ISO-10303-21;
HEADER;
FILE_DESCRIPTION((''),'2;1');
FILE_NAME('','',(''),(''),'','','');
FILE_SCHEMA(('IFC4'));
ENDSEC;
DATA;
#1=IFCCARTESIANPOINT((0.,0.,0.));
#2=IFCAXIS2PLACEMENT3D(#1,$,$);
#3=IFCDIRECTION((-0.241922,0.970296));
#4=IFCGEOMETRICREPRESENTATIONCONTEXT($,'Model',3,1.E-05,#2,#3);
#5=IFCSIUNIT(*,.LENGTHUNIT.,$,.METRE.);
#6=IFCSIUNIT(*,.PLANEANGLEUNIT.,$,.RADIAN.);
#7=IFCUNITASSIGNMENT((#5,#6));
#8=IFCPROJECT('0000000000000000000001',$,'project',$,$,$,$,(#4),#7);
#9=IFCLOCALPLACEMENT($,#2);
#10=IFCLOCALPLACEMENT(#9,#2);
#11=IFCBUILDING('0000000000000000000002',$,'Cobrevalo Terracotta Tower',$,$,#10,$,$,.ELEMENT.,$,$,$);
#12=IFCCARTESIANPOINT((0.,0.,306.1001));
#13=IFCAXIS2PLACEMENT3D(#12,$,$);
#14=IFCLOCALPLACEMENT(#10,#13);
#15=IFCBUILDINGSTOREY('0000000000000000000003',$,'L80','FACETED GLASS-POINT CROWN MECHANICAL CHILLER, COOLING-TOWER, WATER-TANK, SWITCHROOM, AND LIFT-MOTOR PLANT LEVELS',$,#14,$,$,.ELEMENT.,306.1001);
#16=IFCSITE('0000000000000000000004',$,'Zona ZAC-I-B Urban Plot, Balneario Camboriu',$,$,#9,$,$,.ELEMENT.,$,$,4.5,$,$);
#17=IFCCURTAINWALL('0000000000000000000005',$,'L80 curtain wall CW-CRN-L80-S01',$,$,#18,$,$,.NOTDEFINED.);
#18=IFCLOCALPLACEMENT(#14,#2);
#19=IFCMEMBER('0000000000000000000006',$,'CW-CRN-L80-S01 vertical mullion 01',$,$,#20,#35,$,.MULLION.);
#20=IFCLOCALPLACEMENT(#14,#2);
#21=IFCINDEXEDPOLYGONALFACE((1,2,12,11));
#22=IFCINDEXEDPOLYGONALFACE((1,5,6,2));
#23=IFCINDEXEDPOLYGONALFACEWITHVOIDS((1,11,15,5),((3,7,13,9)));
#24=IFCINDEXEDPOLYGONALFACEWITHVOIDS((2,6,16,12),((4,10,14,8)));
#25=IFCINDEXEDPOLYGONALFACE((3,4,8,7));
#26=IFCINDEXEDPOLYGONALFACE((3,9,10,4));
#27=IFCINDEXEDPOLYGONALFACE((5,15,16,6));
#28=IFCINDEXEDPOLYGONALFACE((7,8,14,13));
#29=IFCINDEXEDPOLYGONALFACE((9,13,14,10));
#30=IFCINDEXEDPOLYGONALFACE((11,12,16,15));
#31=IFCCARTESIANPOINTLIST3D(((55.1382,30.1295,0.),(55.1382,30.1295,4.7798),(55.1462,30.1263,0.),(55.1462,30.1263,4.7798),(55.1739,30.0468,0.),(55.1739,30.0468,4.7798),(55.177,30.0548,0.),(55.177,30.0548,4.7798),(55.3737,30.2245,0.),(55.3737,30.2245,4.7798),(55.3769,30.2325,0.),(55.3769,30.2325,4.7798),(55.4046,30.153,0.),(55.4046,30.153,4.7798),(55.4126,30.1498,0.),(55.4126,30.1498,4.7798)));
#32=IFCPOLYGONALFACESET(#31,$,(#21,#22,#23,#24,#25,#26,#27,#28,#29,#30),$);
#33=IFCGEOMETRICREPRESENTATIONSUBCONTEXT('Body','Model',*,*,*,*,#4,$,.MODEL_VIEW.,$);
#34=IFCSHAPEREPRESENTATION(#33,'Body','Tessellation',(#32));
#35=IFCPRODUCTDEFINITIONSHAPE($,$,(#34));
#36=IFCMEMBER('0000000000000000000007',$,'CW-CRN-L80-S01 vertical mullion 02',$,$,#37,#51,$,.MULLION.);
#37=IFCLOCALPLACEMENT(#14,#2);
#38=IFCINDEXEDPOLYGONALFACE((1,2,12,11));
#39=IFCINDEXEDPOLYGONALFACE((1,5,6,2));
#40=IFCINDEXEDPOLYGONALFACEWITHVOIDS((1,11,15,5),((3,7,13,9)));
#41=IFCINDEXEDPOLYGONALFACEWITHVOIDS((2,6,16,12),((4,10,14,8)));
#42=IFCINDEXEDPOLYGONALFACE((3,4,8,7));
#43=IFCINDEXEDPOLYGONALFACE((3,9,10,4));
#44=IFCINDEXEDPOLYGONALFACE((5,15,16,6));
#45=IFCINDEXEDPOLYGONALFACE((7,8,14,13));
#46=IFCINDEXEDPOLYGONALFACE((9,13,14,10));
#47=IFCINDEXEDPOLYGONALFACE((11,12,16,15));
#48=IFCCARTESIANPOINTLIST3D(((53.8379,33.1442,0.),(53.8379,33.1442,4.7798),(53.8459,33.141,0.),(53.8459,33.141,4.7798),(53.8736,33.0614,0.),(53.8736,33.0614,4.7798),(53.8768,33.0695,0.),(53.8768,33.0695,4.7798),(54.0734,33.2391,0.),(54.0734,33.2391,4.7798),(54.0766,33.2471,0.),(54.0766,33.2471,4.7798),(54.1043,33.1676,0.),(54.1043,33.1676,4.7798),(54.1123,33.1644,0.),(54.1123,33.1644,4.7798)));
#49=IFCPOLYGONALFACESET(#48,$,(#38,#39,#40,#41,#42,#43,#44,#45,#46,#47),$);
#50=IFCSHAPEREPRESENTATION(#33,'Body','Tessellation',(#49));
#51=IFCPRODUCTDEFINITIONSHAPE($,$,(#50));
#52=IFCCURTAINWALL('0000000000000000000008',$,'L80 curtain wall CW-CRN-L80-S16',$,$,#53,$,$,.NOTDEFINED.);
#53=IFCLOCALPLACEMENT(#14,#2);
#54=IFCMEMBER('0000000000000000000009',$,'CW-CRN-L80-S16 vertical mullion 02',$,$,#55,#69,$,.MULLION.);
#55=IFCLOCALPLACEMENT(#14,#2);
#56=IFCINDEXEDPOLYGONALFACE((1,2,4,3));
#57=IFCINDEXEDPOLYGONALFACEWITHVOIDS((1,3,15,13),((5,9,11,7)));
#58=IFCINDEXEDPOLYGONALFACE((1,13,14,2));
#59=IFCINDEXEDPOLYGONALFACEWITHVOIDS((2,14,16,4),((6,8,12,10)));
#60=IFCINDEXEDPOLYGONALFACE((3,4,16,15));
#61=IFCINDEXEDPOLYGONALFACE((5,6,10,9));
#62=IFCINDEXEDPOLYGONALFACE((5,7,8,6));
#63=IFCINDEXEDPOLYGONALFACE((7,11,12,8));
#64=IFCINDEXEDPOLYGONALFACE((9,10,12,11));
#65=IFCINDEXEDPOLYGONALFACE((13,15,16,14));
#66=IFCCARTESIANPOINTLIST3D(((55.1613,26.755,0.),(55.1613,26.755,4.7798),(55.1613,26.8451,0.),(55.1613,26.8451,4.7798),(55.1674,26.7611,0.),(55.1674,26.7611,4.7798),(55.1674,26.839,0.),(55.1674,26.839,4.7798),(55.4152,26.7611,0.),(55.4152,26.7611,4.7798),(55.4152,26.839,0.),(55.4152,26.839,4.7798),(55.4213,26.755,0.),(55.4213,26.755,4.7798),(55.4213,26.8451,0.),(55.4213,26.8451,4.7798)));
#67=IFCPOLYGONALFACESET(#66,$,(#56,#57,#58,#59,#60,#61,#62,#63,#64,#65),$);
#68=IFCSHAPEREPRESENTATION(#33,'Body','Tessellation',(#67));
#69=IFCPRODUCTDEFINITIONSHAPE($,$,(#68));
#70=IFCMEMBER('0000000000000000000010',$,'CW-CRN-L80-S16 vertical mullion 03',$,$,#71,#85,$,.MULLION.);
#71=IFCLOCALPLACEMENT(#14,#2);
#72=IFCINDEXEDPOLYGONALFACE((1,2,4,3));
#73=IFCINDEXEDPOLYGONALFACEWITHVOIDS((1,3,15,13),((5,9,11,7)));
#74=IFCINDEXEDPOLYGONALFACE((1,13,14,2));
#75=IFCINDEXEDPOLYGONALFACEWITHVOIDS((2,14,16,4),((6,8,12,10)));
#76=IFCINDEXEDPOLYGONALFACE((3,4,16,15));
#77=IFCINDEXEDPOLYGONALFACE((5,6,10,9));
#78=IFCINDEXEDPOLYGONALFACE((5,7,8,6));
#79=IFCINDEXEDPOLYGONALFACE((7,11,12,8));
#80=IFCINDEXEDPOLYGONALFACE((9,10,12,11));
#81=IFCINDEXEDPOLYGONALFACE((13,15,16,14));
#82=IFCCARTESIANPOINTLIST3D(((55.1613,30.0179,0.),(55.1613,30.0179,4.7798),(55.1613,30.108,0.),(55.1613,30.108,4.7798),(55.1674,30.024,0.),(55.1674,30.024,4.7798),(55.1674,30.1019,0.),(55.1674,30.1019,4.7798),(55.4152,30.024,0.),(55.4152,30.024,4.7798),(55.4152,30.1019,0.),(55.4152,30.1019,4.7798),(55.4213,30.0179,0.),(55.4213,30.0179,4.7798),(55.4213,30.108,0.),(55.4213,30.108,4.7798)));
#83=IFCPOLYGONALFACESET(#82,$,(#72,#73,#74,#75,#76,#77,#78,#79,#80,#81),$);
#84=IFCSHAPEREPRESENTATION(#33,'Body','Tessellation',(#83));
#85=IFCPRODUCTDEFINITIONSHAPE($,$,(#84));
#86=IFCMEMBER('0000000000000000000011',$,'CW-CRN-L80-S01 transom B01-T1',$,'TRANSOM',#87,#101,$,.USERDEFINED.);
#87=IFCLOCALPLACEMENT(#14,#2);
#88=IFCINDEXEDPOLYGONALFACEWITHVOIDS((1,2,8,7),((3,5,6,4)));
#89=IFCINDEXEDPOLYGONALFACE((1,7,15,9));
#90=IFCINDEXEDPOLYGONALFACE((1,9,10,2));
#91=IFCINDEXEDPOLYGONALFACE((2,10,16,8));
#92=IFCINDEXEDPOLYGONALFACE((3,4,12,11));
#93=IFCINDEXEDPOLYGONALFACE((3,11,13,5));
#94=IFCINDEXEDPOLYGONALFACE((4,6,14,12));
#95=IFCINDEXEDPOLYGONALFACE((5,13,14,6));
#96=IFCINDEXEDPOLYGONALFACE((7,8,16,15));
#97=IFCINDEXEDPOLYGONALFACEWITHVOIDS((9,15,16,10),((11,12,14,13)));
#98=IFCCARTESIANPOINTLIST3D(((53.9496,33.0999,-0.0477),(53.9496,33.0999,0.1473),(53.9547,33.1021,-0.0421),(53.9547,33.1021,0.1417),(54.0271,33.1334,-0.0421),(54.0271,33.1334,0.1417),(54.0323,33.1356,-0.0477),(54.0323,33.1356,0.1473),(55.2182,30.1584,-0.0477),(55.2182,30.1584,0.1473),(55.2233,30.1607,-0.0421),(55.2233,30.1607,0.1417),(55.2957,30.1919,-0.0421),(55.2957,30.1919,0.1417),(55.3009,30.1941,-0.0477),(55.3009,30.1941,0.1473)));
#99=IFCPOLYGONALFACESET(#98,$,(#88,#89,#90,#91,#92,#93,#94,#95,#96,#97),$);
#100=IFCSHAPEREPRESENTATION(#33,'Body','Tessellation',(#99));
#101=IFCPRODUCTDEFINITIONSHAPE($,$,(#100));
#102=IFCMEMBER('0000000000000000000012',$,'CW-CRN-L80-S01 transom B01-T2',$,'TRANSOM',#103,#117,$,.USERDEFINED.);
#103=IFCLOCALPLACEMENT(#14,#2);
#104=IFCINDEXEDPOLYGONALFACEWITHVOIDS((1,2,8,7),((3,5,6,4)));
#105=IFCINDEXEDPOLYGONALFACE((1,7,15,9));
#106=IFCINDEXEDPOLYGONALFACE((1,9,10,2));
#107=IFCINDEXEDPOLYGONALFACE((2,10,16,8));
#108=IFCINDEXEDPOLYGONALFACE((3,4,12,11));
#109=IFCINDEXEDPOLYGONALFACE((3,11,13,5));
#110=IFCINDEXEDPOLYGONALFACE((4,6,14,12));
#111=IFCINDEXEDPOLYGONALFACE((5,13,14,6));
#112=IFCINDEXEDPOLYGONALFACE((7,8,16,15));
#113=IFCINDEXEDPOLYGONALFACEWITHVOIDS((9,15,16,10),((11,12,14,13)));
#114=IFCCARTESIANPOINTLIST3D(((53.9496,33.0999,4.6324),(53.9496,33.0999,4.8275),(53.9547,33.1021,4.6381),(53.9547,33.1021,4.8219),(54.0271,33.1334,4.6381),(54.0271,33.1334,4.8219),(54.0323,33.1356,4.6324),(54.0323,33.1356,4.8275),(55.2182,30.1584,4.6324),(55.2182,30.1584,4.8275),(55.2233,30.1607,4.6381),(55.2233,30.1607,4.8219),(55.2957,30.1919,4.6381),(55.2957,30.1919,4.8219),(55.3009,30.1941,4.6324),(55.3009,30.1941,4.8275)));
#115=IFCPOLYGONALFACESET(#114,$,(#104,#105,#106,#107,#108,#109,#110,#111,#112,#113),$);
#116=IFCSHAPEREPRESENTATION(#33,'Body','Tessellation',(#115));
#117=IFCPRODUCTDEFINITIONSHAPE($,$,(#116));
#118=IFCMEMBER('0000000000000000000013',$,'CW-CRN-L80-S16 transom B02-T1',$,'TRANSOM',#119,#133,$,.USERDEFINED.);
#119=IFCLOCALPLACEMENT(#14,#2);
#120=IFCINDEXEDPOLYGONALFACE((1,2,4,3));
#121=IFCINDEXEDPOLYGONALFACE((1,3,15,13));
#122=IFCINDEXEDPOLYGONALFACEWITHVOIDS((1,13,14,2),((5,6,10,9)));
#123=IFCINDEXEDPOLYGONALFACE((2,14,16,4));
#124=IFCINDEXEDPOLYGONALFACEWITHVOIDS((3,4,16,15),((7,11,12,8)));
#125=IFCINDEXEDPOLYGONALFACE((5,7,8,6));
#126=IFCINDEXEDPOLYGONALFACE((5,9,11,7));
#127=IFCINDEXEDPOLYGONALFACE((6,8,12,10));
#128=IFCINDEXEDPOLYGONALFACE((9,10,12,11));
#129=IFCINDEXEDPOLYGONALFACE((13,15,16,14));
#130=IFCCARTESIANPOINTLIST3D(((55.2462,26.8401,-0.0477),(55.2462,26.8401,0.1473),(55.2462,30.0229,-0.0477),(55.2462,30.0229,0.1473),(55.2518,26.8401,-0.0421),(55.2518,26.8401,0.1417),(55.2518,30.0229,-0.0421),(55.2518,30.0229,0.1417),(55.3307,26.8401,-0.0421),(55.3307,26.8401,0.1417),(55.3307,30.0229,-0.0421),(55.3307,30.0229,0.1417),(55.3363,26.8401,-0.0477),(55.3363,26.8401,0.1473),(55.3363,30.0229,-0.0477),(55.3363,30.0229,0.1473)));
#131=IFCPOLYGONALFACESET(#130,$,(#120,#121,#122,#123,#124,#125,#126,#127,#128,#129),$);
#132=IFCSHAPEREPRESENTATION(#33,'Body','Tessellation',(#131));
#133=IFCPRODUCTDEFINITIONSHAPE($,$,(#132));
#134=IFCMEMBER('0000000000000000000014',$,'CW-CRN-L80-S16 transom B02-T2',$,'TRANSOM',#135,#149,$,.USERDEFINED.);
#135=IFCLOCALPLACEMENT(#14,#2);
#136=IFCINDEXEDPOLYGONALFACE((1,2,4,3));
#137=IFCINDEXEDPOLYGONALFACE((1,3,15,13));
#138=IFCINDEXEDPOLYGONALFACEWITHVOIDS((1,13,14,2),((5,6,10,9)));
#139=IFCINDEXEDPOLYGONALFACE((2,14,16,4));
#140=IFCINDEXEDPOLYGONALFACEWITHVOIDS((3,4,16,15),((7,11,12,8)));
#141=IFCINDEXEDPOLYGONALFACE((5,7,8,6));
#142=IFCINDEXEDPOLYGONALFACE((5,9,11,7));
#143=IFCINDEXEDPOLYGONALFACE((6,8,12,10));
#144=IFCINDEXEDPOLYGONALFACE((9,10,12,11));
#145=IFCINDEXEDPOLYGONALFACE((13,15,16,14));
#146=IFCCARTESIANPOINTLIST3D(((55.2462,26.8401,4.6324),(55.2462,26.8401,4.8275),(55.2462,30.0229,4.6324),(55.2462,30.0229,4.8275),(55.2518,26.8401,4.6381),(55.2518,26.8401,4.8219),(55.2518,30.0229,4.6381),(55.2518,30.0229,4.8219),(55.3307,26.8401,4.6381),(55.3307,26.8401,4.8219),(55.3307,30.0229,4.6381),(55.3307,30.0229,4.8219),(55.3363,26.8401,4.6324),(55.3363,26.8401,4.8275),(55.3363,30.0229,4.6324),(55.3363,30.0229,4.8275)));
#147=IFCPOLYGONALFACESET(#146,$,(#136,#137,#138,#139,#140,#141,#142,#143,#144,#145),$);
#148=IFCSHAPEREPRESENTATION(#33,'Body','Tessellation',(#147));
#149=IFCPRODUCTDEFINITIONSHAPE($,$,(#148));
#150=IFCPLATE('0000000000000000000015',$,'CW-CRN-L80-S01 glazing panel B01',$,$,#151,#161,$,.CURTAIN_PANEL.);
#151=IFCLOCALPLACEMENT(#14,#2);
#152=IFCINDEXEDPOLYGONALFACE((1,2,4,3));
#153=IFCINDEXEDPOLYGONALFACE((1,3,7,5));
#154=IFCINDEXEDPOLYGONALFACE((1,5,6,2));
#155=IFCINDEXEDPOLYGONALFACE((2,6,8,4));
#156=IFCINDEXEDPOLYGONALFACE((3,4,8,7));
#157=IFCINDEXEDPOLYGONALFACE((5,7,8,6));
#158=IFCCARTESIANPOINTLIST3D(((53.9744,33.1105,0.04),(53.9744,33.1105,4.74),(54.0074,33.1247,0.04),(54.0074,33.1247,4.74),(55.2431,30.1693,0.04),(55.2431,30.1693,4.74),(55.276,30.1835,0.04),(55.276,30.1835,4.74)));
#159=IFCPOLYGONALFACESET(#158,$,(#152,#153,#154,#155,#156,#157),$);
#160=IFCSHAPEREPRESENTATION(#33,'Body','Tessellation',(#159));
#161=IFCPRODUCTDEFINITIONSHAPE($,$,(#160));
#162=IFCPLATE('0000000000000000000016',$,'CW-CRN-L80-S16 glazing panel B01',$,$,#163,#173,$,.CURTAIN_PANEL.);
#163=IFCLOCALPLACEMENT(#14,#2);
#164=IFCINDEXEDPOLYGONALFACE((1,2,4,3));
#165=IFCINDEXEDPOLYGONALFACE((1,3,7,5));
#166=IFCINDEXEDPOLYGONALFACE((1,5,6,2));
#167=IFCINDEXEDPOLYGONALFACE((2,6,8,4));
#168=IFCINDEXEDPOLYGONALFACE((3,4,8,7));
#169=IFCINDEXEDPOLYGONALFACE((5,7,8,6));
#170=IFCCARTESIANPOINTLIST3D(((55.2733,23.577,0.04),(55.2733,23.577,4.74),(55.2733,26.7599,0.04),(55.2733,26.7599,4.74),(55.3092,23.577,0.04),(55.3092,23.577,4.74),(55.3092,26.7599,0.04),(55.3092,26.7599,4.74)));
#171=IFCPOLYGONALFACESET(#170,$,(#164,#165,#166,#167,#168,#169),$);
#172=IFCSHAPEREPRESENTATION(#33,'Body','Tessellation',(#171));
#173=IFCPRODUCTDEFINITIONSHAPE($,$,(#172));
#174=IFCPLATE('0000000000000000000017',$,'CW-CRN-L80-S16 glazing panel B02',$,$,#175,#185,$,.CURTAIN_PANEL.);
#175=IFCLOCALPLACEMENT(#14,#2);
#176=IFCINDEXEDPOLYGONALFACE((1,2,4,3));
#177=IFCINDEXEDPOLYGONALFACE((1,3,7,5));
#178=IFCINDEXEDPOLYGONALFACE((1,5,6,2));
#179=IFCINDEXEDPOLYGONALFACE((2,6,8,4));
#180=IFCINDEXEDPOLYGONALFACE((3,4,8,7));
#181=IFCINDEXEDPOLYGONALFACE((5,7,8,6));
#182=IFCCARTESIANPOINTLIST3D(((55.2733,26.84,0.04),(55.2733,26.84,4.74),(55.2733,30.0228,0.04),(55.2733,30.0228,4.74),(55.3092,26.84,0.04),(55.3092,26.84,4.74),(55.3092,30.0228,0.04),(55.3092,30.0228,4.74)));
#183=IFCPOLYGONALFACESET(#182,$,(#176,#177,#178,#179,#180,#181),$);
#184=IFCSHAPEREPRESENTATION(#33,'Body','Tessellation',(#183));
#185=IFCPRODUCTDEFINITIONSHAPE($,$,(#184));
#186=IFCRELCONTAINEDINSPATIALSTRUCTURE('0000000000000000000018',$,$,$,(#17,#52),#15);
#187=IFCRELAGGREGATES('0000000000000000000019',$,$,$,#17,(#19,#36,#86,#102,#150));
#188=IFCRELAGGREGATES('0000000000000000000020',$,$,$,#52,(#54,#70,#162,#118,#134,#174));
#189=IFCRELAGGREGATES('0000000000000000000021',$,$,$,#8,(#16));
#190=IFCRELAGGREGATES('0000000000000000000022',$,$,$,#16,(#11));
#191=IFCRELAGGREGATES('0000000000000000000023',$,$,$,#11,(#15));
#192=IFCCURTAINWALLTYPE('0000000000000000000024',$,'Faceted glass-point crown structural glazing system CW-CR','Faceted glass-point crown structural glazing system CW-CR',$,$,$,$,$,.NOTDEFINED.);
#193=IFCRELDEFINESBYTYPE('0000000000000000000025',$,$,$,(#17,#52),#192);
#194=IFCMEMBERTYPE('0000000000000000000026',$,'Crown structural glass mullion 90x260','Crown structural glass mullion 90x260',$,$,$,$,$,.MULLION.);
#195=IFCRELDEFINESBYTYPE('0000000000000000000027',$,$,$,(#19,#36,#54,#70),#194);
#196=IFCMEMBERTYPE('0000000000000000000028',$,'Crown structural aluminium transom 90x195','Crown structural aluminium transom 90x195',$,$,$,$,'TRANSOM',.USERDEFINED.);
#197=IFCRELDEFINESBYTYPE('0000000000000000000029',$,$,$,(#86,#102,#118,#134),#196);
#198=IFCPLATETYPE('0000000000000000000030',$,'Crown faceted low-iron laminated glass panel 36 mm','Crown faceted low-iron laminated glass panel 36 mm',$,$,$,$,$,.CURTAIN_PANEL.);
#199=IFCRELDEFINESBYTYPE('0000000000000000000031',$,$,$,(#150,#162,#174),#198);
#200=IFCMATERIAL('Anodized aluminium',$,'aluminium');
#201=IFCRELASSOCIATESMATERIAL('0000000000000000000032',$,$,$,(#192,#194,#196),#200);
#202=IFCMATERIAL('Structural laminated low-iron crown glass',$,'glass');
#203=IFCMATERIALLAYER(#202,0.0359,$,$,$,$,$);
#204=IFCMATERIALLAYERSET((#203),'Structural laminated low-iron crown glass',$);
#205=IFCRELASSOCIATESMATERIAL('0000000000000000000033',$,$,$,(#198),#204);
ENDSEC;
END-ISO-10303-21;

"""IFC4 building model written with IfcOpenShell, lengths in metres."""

from ifc_helpers import new_model, si_unit, direction, frame, origin, origin_2d, place, context, subcontext, project, spatial, rectangle, hollow_rectangle, extrude, source, transform, mapped, material, layer, layer_set, material_profile, profile_set, type_object, element, aggregate, save


model = new_model("IFC4")

# Units and contexts
model_context = context("Model", 3, precision=1e-05, world=origin(), true_north=direction((-0.241922, 0.970296)))
body_context = subcontext(model_context, "Body", "Model", "MODEL_VIEW")
ifc_project = project(units=[si_unit("LENGTHUNIT", "METRE"), si_unit("PLANEANGLEUNIT", "RADIAN")], contexts=[model_context])

# Site, building, storey
site_placement = place(None, origin())
site = spatial("IfcSite", under=ifc_project, at=site_placement, Name="Zona ZAC-I-B Urban Plot, Balneario Camboriu", CompositionType="ELEMENT", RefElevation=4.5)
building_placement = place(site_placement, origin())
building = spatial("IfcBuilding", under=site, at=building_placement, Name="Cobrevalo Terracotta Tower", CompositionType="ELEMENT")
storey_placement = place(building_placement, frame((0.0, 0.0, 306.1001)))
storey = spatial("IfcBuildingStorey", under=building, at=storey_placement, Name="L80", Description="FACETED GLASS-POINT CROWN MECHANICAL CHILLER, COOLING-TOWER, WATER-TANK, SWITCHROOM, AND LIFT-MOTOR PLANT LEVELS", CompositionType="ELEMENT", Elevation=306.1001)

# Curtain walls, members
ifc_material_1 = material(Name="Anodized aluminium", Category="aluminium")
curtain_wall_type = type_object("IfcCurtainWallType", Name="Faceted glass-point crown structural glazing system CW-CR", Description="Faceted glass-point crown structural glazing system CW-CR", PredefinedType="NOTDEFINED", material=ifc_material_1)
curtain_wall_1_placement = place(storey_placement, origin())
curtain_wall_1 = element("IfcCurtainWall", 1, at=curtain_wall_1_placement, inside=storey, type_object=curtain_wall_type, Name="L80 curtain wall CW-CRN-L80-S01", PredefinedType="NOTDEFINED")
ifc_material_profile_1 = material_profile(ifc_material_1, hollow_rectangle(XDim=0.0901, YDim=0.26, WallThickness=0.0061, at=origin_2d()), Name="CWM 90x260")
ifc_profile_set_1 = profile_set([ifc_material_profile_1], Name="Anodized aluminium")
member_type_1 = type_object("IfcMemberType", Name="Crown structural glass mullion 90x260", Description="Crown structural glass mullion 90x260", PredefinedType="MULLION", material=ifc_profile_set_1)
shared_shape_1 = source(origin(), body_context, "Body", "SweptSolid", [
    extrude(hollow_rectangle(XDim=0.0901, YDim=0.26, WallThickness=0.0061, at=origin_2d()), origin(), (0.0, 0.0, 1.0), 4.7798),
])
member_1_placement = place(storey_placement, frame((55.2754, 30.1396, 0.0), z_axis=(0.0, 0.0, 1.0), x_axis=(-0.396058, 0.918225, 0.0)))
member_1 = element("IfcMember", 2, at=member_1_placement, type_object=member_type_1, Name="CW-CRN-L80-S01 vertical mullion 01", PredefinedType="MULLION", context=body_context, shape_type="MappedRepresentation", body=[
    mapped(shared_shape_1, transform((0.0, 0.0, 0.0), scale=1.0)),
])
member_2_placement = place(storey_placement, frame((53.9751, 33.1543, 0.0), z_axis=(0.0, 0.0, 1.0), x_axis=(-0.396058, 0.918225, 0.0)))
member_2 = element("IfcMember", 3, at=member_2_placement, type_object=member_type_1, Name="CW-CRN-L80-S01 vertical mullion 02", PredefinedType="MULLION", context=body_context, shape_type="MappedRepresentation", body=[
    mapped(shared_shape_1, transform((0.0, 0.0, 0.0), scale=1.0)),
])
curtain_wall_2_placement = place(storey_placement, origin())
curtain_wall_2 = element("IfcCurtainWall", 4, at=curtain_wall_2_placement, inside=storey, type_object=curtain_wall_type, Name="L80 curtain wall CW-CRN-L80-S16", PredefinedType="NOTDEFINED")
member_3_placement = place(storey_placement, frame((55.2913, 26.8, 0.0), z_axis=(0.0, 0.0, 1.0), x_axis=(0.0, 1.0, 0.0)))
member_3 = element("IfcMember", 5, at=member_3_placement, type_object=member_type_1, Name="CW-CRN-L80-S16 vertical mullion 02", PredefinedType="MULLION", context=body_context, shape_type="MappedRepresentation", body=[
    mapped(shared_shape_1, transform((0.0, 0.0, 0.0), scale=1.0)),
])
member_4_placement = place(storey_placement, frame((55.2913, 30.063, 0.0), z_axis=(0.0, 0.0, 1.0), x_axis=(0.0, 1.0, 0.0)))
member_4 = element("IfcMember", 6, at=member_4_placement, type_object=member_type_1, Name="CW-CRN-L80-S16 vertical mullion 03", PredefinedType="MULLION", context=body_context, shape_type="MappedRepresentation", body=[
    mapped(shared_shape_1, transform((0.0, 0.0, 0.0), scale=1.0)),
])

# Members
ifc_material_profile_2 = material_profile(ifc_material_1, hollow_rectangle(XDim=0.0901, YDim=0.1951, WallThickness=0.0056, at=origin_2d()), Name="CWT 90x195")
ifc_profile_set_2 = profile_set([ifc_material_profile_2], Name="Anodized aluminium")
member_type_2 = type_object("IfcMemberType", Name="Crown structural aluminium transom 90x195", Description="Crown structural aluminium transom 90x195", ElementType="TRANSOM", PredefinedType="USERDEFINED", material=ifc_profile_set_2)
shared_shape_2 = source(origin(), body_context, "Body", "SweptSolid", [
    extrude(hollow_rectangle(XDim=0.0901, YDim=0.1951, WallThickness=0.0056, at=origin_2d()), origin(), (0.0, 0.0, 1.0), 3.2034),
])
member_5_placement = place(storey_placement, frame((55.2595, 30.1763, 0.0498), z_axis=(-0.396016, 0.918244, 0.0), x_axis=(-0.918244, -0.396016, 0.0)))
member_5 = element("IfcMember", 7, at=member_5_placement, type_object=member_type_2, Name="CW-CRN-L80-S01 transom B01-T1", ObjectType="TRANSOM", PredefinedType="USERDEFINED", context=body_context, shape_type="MappedRepresentation", body=[
    mapped(shared_shape_2, transform((0.0, 0.0, 0.0), scale=1.0)),
])
member_6_placement = place(storey_placement, frame((55.2595, 30.1763, 4.73), z_axis=(-0.396016, 0.918244, 0.0), x_axis=(-0.918244, -0.396016, 0.0)))
member_6 = element("IfcMember", 8, at=member_6_placement, type_object=member_type_2, Name="CW-CRN-L80-S01 transom B01-T2", ObjectType="TRANSOM", PredefinedType="USERDEFINED", context=body_context, shape_type="MappedRepresentation", body=[
    mapped(shared_shape_2, transform((0.0, 0.0, 0.0), scale=1.0)),
])
shared_shape_3 = source(origin(), body_context, "Body", "SweptSolid", [
    extrude(hollow_rectangle(XDim=0.0901, YDim=0.1951, WallThickness=0.0056, at=origin_2d()), origin(), (0.0, 0.0, 1.0), 3.1829),
])
member_7_placement = place(storey_placement, frame((55.2913, 26.8401, 0.0498), z_axis=(0.0, 1.0, 0.0), x_axis=(-1.0, 0.0, 0.0)))
member_7 = element("IfcMember", 9, at=member_7_placement, type_object=member_type_2, Name="CW-CRN-L80-S16 transom B02-T1", ObjectType="TRANSOM", PredefinedType="USERDEFINED", context=body_context, shape_type="MappedRepresentation", body=[
    mapped(shared_shape_3, transform((0.0, 0.0, 0.0), scale=1.0)),
])
member_8_placement = place(storey_placement, frame((55.2913, 26.8401, 4.73), z_axis=(0.0, 1.0, 0.0), x_axis=(-1.0, 0.0, 0.0)))
member_8 = element("IfcMember", 10, at=member_8_placement, type_object=member_type_2, Name="CW-CRN-L80-S16 transom B02-T2", ObjectType="TRANSOM", PredefinedType="USERDEFINED", context=body_context, shape_type="MappedRepresentation", body=[
    mapped(shared_shape_3, transform((0.0, 0.0, 0.0), scale=1.0)),
])

# Plates
ifc_material_2 = material(Name="Structural laminated low-iron crown glass", Category="glass")
ifc_layer_1 = layer(ifc_material_2, 0.0359)
ifc_layer_set_1 = layer_set([ifc_layer_1], Name="Structural laminated low-iron crown glass")
plate_type = type_object("IfcPlateType", Name="Crown faceted low-iron laminated glass panel 36 mm", Description="Crown faceted low-iron laminated glass panel 36 mm", PredefinedType="CURTAIN_PANEL", material=ifc_layer_set_1)
shared_shape_4 = source(origin(), body_context, "Body", "SweptSolid", [
    extrude(rectangle(XDim=3.2031, YDim=0.0359, at=origin_2d()), origin(), (0.0, 0.0, 1.0), 4.7),
])
plate_1_placement = place(storey_placement, frame((54.6252, 31.647, 0.04), z_axis=(0.0, 0.0, 1.0), x_axis=(-0.396066, 0.918222, 0.0)))
plate_1 = element("IfcPlate", 11, at=plate_1_placement, type_object=plate_type, Name="CW-CRN-L80-S01 glazing panel B01", PredefinedType="CURTAIN_PANEL", context=body_context, shape_type="MappedRepresentation", body=[
    mapped(shared_shape_4, transform((0.0, 0.0, 0.0), scale=1.0)),
])
aggregate(curtain_wall_1, [member_1, member_2, member_5, member_6, plate_1])
shared_shape_5 = source(origin(), body_context, "Body", "SweptSolid", [
    extrude(rectangle(XDim=3.1829, YDim=0.0359, at=origin_2d()), origin(), (0.0, 0.0, 1.0), 4.7),
])
plate_2_placement = place(storey_placement, frame((55.2913, 25.1685, 0.04), z_axis=(0.0, 0.0, 1.0), x_axis=(0.0, 1.0, 0.0)))
plate_2 = element("IfcPlate", 12, at=plate_2_placement, type_object=plate_type, Name="CW-CRN-L80-S16 glazing panel B01", PredefinedType="CURTAIN_PANEL", context=body_context, shape_type="MappedRepresentation", body=[
    mapped(shared_shape_5, transform((0.0, 0.0, 0.0), scale=1.0)),
])
plate_3_placement = place(storey_placement, frame((55.2913, 28.4314, 0.04), z_axis=(0.0, 0.0, 1.0), x_axis=(0.0, 1.0, 0.0)))
plate_3 = element("IfcPlate", 13, at=plate_3_placement, type_object=plate_type, Name="CW-CRN-L80-S16 glazing panel B02", PredefinedType="CURTAIN_PANEL", context=body_context, shape_type="MappedRepresentation", body=[
    mapped(shared_shape_5, transform((0.0, 0.0, 0.0), scale=1.0)),
])
aggregate(curtain_wall_2, [member_3, member_4, plate_2, member_7, member_8, plate_3])

save(model, "model.ifc")
